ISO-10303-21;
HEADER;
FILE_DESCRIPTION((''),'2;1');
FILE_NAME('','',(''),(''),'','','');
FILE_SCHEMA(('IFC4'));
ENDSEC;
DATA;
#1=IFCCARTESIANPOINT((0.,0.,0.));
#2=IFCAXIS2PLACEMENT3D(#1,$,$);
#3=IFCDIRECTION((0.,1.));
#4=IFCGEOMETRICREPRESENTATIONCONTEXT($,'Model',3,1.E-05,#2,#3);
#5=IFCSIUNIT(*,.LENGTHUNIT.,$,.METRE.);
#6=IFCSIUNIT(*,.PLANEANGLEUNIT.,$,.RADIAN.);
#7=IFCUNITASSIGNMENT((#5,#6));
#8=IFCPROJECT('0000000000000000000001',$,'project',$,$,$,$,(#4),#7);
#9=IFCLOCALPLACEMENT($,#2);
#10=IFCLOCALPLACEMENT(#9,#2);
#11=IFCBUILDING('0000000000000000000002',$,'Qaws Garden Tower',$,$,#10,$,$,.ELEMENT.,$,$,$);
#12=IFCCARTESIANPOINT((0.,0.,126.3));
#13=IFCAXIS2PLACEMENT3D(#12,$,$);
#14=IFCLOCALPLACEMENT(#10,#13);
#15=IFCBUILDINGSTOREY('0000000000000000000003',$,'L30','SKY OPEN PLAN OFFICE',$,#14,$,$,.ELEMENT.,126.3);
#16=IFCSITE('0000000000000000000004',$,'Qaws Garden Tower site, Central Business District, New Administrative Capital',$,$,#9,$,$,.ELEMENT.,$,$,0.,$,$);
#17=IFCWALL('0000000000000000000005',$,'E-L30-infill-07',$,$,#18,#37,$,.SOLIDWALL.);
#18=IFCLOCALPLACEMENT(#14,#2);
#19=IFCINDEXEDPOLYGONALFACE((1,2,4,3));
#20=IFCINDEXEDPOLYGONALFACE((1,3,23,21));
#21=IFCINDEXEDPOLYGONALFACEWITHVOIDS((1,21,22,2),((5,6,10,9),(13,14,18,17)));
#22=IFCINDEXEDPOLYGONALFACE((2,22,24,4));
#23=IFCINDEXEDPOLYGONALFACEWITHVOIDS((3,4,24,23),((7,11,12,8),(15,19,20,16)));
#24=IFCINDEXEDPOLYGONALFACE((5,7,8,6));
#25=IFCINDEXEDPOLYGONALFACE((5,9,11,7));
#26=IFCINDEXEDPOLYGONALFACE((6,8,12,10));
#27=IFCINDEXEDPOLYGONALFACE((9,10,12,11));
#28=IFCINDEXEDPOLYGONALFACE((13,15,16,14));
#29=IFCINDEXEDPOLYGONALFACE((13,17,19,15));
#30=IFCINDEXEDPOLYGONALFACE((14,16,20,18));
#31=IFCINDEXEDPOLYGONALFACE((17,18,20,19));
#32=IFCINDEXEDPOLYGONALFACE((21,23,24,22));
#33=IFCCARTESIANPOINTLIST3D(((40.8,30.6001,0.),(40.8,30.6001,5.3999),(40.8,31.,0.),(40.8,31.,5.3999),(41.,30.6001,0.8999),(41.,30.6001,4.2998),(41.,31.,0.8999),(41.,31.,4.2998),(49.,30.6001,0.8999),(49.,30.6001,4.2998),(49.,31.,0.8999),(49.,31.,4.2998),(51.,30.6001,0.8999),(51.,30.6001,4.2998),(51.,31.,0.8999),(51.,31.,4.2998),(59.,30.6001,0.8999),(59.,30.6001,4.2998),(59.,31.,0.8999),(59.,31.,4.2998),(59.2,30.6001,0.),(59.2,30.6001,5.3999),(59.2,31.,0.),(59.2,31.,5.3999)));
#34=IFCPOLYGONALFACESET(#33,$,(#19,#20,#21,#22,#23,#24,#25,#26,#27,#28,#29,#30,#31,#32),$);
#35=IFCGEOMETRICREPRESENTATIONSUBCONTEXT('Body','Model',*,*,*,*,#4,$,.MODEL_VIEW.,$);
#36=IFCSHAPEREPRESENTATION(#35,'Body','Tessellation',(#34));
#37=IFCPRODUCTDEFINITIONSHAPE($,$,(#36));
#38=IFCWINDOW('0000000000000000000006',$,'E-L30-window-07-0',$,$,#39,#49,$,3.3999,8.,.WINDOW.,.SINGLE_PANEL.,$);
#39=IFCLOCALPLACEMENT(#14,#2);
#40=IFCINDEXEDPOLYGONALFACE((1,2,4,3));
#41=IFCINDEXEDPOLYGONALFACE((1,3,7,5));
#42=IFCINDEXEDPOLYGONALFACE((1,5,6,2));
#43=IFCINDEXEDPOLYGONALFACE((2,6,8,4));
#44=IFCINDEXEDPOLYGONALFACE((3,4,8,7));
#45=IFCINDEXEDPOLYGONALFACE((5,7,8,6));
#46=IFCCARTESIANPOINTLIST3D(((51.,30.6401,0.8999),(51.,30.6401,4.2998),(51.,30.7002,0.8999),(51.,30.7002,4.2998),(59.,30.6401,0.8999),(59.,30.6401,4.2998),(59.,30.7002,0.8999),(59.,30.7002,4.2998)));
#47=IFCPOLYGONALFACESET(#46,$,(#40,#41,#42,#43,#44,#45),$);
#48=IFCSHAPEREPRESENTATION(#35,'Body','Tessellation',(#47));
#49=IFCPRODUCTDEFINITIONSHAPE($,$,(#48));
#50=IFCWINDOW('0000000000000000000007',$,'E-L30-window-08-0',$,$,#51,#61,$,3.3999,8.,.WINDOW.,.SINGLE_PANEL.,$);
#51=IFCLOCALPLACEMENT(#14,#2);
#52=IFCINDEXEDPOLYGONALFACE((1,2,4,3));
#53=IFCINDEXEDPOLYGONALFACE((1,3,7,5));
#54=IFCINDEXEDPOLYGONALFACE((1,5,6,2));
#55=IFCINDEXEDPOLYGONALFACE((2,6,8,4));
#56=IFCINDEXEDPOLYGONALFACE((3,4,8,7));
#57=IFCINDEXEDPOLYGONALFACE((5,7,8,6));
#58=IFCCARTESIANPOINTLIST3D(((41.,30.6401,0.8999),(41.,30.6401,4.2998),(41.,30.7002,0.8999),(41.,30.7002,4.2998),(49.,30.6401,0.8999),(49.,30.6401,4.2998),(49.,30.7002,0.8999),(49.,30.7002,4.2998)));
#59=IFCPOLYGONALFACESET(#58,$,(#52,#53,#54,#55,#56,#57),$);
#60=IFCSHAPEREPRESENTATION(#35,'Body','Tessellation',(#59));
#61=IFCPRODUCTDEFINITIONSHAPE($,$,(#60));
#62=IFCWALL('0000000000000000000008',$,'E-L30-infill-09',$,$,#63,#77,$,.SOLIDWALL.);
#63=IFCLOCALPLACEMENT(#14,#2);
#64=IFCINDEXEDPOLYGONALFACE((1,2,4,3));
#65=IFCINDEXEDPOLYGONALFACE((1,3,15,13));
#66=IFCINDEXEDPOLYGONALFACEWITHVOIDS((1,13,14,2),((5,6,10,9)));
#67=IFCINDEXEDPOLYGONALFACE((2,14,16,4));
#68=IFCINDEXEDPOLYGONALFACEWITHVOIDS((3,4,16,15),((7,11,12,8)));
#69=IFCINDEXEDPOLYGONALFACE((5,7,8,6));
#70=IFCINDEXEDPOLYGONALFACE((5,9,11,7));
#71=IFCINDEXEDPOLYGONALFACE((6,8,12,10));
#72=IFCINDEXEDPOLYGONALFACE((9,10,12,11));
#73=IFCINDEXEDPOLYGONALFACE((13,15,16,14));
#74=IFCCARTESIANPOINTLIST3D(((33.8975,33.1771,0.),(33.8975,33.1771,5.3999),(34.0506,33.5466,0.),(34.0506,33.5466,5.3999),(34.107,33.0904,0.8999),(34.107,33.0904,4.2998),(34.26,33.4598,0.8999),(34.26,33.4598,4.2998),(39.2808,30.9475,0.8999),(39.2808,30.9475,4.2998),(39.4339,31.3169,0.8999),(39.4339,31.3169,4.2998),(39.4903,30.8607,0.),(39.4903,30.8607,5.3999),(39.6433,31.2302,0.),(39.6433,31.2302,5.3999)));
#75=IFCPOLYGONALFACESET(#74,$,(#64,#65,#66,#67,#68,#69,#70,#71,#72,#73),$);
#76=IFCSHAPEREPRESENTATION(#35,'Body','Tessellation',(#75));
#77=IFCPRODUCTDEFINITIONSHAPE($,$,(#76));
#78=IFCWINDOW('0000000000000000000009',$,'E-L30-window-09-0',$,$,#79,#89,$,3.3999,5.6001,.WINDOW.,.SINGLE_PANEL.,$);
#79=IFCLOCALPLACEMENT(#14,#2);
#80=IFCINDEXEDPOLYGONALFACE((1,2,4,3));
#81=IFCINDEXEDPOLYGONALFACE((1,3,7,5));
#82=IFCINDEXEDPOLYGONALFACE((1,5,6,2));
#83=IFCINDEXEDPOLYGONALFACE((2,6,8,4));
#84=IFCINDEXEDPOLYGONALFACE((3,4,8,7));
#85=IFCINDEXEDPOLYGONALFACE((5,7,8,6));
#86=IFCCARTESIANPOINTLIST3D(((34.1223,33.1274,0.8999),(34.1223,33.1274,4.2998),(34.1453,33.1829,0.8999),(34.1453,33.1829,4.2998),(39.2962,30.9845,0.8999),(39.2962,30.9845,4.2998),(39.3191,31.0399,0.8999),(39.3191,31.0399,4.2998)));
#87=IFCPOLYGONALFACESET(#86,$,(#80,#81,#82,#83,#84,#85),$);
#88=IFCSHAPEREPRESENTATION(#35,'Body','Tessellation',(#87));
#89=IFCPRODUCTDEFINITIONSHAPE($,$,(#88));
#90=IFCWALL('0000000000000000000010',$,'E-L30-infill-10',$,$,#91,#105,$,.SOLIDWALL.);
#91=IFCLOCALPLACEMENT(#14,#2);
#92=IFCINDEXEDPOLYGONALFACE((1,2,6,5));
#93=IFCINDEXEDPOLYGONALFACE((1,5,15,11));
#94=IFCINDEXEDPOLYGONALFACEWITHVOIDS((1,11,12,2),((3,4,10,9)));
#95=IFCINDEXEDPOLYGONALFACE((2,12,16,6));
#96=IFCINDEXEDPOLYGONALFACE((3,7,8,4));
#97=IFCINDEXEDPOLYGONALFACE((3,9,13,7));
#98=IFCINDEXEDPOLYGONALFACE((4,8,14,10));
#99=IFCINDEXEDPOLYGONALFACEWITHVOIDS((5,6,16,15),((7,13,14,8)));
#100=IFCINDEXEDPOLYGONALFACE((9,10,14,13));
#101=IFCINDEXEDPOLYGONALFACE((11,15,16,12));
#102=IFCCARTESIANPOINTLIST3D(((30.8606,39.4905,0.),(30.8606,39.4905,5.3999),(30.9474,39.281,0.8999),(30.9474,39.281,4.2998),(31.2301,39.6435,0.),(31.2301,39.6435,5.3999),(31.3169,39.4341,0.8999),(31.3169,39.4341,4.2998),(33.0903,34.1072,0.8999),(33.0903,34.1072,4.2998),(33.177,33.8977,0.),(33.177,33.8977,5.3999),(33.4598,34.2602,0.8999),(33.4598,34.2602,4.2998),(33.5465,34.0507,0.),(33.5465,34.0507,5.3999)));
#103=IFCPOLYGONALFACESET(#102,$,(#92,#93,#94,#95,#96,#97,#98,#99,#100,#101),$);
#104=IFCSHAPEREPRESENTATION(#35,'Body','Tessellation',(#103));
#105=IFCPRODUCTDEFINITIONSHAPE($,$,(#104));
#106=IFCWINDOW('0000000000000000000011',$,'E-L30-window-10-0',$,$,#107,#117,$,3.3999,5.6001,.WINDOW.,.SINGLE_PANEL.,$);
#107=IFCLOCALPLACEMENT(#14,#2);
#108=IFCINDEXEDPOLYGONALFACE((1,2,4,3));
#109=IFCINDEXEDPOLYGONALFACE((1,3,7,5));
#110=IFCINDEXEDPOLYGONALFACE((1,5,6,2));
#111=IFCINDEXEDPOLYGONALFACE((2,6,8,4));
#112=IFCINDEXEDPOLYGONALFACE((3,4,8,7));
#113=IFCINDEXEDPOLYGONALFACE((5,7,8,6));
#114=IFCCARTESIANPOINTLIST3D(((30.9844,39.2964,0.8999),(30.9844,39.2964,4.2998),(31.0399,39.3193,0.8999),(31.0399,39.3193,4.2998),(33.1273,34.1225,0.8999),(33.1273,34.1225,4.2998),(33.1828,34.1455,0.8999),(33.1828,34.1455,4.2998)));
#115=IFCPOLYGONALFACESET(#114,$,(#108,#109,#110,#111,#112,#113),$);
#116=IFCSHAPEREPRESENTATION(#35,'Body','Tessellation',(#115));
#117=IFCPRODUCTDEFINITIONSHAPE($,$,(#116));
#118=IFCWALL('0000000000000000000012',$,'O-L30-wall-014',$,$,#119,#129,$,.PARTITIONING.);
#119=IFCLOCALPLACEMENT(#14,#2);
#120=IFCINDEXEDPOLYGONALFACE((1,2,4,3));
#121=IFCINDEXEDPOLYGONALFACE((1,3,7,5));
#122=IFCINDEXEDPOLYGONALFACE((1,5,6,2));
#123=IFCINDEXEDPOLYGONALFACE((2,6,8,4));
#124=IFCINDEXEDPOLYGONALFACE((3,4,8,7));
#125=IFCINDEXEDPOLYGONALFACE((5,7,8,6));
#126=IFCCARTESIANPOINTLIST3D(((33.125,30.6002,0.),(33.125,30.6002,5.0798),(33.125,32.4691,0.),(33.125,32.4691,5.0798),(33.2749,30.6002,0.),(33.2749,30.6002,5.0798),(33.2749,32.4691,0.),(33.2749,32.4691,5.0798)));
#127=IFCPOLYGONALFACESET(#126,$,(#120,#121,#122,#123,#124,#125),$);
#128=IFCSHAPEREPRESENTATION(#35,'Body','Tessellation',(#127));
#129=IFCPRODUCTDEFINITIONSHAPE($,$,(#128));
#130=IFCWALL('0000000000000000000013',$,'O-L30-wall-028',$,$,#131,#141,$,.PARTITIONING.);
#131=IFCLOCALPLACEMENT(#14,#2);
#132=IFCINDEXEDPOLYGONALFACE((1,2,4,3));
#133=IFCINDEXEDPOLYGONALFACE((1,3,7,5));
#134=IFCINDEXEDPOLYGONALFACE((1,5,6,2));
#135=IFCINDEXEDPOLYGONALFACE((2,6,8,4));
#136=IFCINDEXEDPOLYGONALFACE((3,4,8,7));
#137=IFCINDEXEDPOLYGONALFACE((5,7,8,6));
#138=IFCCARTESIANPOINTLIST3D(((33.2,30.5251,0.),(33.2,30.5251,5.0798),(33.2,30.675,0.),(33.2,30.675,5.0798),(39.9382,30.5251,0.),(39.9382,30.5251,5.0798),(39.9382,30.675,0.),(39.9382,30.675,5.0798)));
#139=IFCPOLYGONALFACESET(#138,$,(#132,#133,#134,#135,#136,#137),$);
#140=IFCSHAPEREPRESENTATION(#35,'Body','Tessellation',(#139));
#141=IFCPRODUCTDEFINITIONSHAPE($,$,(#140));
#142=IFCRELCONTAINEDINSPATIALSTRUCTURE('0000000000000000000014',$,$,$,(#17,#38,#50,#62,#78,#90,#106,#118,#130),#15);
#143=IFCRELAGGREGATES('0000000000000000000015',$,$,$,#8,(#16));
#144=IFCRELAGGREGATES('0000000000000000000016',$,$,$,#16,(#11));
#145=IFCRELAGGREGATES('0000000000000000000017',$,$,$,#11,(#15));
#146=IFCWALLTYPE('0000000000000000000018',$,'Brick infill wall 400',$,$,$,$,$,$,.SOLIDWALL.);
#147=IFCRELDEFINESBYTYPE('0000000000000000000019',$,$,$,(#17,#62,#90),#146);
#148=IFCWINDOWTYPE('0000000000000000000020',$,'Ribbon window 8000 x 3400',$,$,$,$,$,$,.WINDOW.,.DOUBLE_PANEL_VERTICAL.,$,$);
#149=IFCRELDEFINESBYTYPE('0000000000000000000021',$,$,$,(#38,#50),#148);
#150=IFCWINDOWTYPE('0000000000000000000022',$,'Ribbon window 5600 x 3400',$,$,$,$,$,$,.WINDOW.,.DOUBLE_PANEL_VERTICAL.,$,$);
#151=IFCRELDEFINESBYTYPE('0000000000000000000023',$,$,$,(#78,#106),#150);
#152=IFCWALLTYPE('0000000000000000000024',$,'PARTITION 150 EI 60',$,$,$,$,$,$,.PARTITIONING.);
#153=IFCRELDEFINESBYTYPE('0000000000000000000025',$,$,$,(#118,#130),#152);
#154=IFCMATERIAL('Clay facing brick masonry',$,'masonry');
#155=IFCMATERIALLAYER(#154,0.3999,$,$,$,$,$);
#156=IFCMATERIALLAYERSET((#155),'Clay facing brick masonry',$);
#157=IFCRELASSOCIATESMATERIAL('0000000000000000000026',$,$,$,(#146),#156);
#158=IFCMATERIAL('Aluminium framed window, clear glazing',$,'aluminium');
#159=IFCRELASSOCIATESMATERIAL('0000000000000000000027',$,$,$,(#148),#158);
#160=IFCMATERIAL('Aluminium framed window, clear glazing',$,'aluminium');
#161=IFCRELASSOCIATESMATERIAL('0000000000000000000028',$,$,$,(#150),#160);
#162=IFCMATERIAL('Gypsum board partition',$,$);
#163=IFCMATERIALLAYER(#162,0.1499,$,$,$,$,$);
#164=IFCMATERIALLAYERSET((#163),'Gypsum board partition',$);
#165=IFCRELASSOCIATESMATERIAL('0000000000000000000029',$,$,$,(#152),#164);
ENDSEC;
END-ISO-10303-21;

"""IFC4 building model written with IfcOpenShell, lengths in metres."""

from ifc_helpers import new_model, si_unit, direction, frame, frame_2d, origin, place, context, subcontext, project, spatial, rectangle, extrude, material, layer, layer_set, type_object, element, fill, save


model = new_model("IFC4")

# Units and contexts
model_context = context("Model", 3, precision=1e-05, world=origin(), true_north=direction((0.0, 1.0)))
body_context = subcontext(model_context, "Body", "Model", "MODEL_VIEW")
ifc_project = project(units=[si_unit("LENGTHUNIT", "METRE"), si_unit("PLANEANGLEUNIT", "RADIAN")], contexts=[model_context])

# Site, building, storey
site_placement = place(None, origin())
site = spatial("IfcSite", under=ifc_project, at=site_placement, Name="Qaws Garden Tower site, Central Business District, New Administrative Capital", CompositionType="ELEMENT", RefElevation=0.0)
building_placement = place(site_placement, origin())
building = spatial("IfcBuilding", under=site, at=building_placement, Name="Qaws Garden Tower", CompositionType="ELEMENT")
storey_placement = place(building_placement, frame((0.0, 0.0, 126.3)))
storey = spatial("IfcBuildingStorey", under=building, at=storey_placement, Name="L30", Description="SKY OPEN PLAN OFFICE", CompositionType="ELEMENT", Elevation=126.3)

# Wall, openings, windows
ifc_material_1 = material(Name="Clay facing brick masonry", Category="masonry")
ifc_layer_1 = layer(ifc_material_1, 0.3999)
ifc_layer_set_1 = layer_set([ifc_layer_1], Name="Clay facing brick masonry")
wall_type_1 = type_object("IfcWallType", Name="Brick infill wall 400", PredefinedType="SOLIDWALL", material=ifc_layer_set_1)
wall_1_placement = place(storey_placement, frame((59.2, 30.8, 0.0), z_axis=(0.0, 0.0, 1.0), x_axis=(-1.0, 0.0, 0.0)))
wall_1 = element("IfcWall", 1, at=wall_1_placement, inside=storey, type_object=wall_type_1, Name="E-L30-infill-07", PredefinedType="SOLIDWALL", context=body_context, shape_type="SweptSolid", body=[
    extrude(rectangle(XDim=18.3999, YDim=0.3999, at=frame_2d((9.2, 0.0))), origin(), (0.0, 0.0, 1.0), 5.3999),
])
opening_1_placement = place(wall_1_placement, frame((0.2, 0.0, 0.8999)))
opening_1 = element("IfcOpeningElement", 2, at=opening_1_placement, cuts=wall_1, PredefinedType="OPENING", context=body_context, shape_type="SweptSolid", body=[
    extrude(rectangle(XDim=8.0, YDim=3.3999, at=frame_2d((4.0, 1.7))), frame((0.0, 0.21, 0.0), z_axis=(0.0, -1.0, 0.0), x_axis=(1.0, 0.0, 0.0)), (0.0, 0.0, 1.0), 0.4199),
])
opening_2_placement = place(wall_1_placement, frame((10.2, 0.0, 0.8999)))
opening_2 = element("IfcOpeningElement", 3, at=opening_2_placement, cuts=wall_1, PredefinedType="OPENING", context=body_context, shape_type="SweptSolid", body=[
    extrude(rectangle(XDim=8.0, YDim=3.3999, at=frame_2d((4.0, 1.7))), frame((0.0, 0.21, 0.0), z_axis=(0.0, -1.0, 0.0), x_axis=(1.0, 0.0, 0.0)), (0.0, 0.0, 1.0), 0.4199),
])
ifc_material_2 = material(Name="Aluminium framed window, clear glazing", Category="aluminium")
window_type_1 = type_object("IfcWindowType", Name="Ribbon window 8000 x 3400", PartitioningType="DOUBLE_PANEL_VERTICAL", PredefinedType="WINDOW", material=ifc_material_2)
window_1_placement = place(opening_1_placement, origin())
window_1 = element("IfcWindow", 4, at=window_1_placement, inside=storey, type_object=window_type_1, Name="E-L30-window-07-0", OverallHeight=3.3999, OverallWidth=8.0, PartitioningType="SINGLE_PANEL", PredefinedType="WINDOW", context=body_context, shape_type="SweptSolid", body=[
    extrude(rectangle(XDim=8.0, YDim=3.3999, at=frame_2d((4.0, 1.7))), frame((0.0, 0.1599, 0.0), z_axis=(0.0, -1.0, 0.0), x_axis=(1.0, 0.0, 0.0)), (0.0, 0.0, 1.0), 0.0601),
])
fill(opening_1, window_1)
window_2_placement = place(opening_2_placement, origin())
window_2 = element("IfcWindow", 5, at=window_2_placement, inside=storey, type_object=window_type_1, Name="E-L30-window-08-0", OverallHeight=3.3999, OverallWidth=8.0, PartitioningType="SINGLE_PANEL", PredefinedType="WINDOW", context=body_context, shape_type="SweptSolid", body=[
    extrude(rectangle(XDim=8.0, YDim=3.3999, at=frame_2d((4.0, 1.7))), frame((0.0, 0.1599, 0.0), z_axis=(0.0, -1.0, 0.0), x_axis=(1.0, 0.0, 0.0)), (0.0, 0.0, 1.0), 0.0601),
])
fill(opening_2, window_2)

# Walls, openings, windows
wall_2_placement = place(storey_placement, frame((39.5669, 31.0454, 0.0), z_axis=(0.0, 0.0, 1.0), x_axis=(-0.923891, 0.382656, 0.0)))
wall_2 = element("IfcWall", 6, at=wall_2_placement, inside=storey, type_object=wall_type_1, Name="E-L30-infill-09", PredefinedType="SOLIDWALL", context=body_context, shape_type="SweptSolid", body=[
    extrude(rectangle(XDim=6.0535, YDim=0.3999, at=frame_2d((3.0269, 0.0))), origin(), (0.0, 0.0, 1.0), 5.3999),
])
opening_3_placement = place(wall_2_placement, frame((0.2268, 0.0, 0.8999)))
opening_3 = element("IfcOpeningElement", 7, at=opening_3_placement, cuts=wall_2, PredefinedType="OPENING", context=body_context, shape_type="SweptSolid", body=[
    extrude(rectangle(XDim=5.6001, YDim=3.3999, at=frame_2d((2.8, 1.7))), frame((0.0, 0.21, 0.0), z_axis=(0.0, -1.0, 0.0), x_axis=(1.0, 0.0, 0.0)), (0.0, 0.0, 1.0), 0.4199),
])
ifc_material_3 = material(Name="Aluminium framed window, clear glazing", Category="aluminium")
window_type_2 = type_object("IfcWindowType", Name="Ribbon window 5600 x 3400", PartitioningType="DOUBLE_PANEL_VERTICAL", PredefinedType="WINDOW", material=ifc_material_3)
window_3_placement = place(opening_3_placement, origin())
window_3 = element("IfcWindow", 8, at=window_3_placement, inside=storey, type_object=window_type_2, Name="E-L30-window-09-0", OverallHeight=3.3999, OverallWidth=5.6001, PartitioningType="SINGLE_PANEL", PredefinedType="WINDOW", context=body_context, shape_type="SweptSolid", body=[
    extrude(rectangle(XDim=5.6001, YDim=3.3999, at=frame_2d((2.8, 1.7))), frame((0.0, 0.1599, 0.0), z_axis=(0.0, -1.0, 0.0), x_axis=(1.0, 0.0, 0.0)), (0.0, 0.0, 1.0), 0.0601),
])
fill(opening_3, window_3)
wall_3_placement = place(storey_placement, frame((33.3618, 33.9741, 0.0), z_axis=(0.0, 0.0, 1.0), x_axis=(-0.382656, 0.923891, 0.0)))
wall_3 = element("IfcWall", 9, at=wall_3_placement, inside=storey, type_object=wall_type_1, Name="E-L30-infill-10", PredefinedType="SOLIDWALL", context=body_context, shape_type="SweptSolid", body=[
    extrude(rectangle(XDim=6.0535, YDim=0.3999, at=frame_2d((3.0269, 0.0))), origin(), (0.0, 0.0, 1.0), 5.3999),
])
opening_4_placement = place(wall_3_placement, frame((0.2268, 0.0, 0.8999)))
opening_4 = element("IfcOpeningElement", 10, at=opening_4_placement, cuts=wall_3, PredefinedType="OPENING", context=body_context, shape_type="SweptSolid", body=[
    extrude(rectangle(XDim=5.6001, YDim=3.3999, at=frame_2d((2.8, 1.7))), frame((0.0, 0.21, 0.0), z_axis=(0.0, -1.0, 0.0), x_axis=(1.0, 0.0, 0.0)), (0.0, 0.0, 1.0), 0.4199),
])
window_4_placement = place(opening_4_placement, origin())
window_4 = element("IfcWindow", 11, at=window_4_placement, inside=storey, type_object=window_type_2, Name="E-L30-window-10-0", OverallHeight=3.3999, OverallWidth=5.6001, PartitioningType="SINGLE_PANEL", PredefinedType="WINDOW", context=body_context, shape_type="SweptSolid", body=[
    extrude(rectangle(XDim=5.6001, YDim=3.3999, at=frame_2d((2.8, 1.7))), frame((0.0, 0.1599, 0.0), z_axis=(0.0, -1.0, 0.0), x_axis=(1.0, 0.0, 0.0)), (0.0, 0.0, 1.0), 0.0601),
])
fill(opening_4, window_4)

# Walls
ifc_material_4 = material(Name="Gypsum board partition")
ifc_layer_2 = layer(ifc_material_4, 0.1499)
ifc_layer_set_2 = layer_set([ifc_layer_2], Name="Gypsum board partition")
wall_type_2 = type_object("IfcWallType", Name="PARTITION 150 EI 60", PredefinedType="PARTITIONING", material=ifc_layer_set_2)
wall_4_placement = place(storey_placement, frame((33.2, 30.6001, 0.0), z_axis=(0.0, 0.0, 1.0), x_axis=(0.0, 1.0, 0.0)))
element("IfcWall", 12, at=wall_4_placement, inside=storey, type_object=wall_type_2, Name="O-L30-wall-014", PredefinedType="PARTITIONING", context=body_context, shape_type="SweptSolid", body=[
    extrude(rectangle(XDim=1.8689, YDim=0.1499, at=frame_2d((0.9346, 0.0))), origin(), (0.0, 0.0, 1.0), 5.0798),
])
wall_5_placement = place(storey_placement, frame((33.2, 30.6001, 0.0), z_axis=(0.0, 0.0, 1.0), x_axis=(1.0, 0.0, 0.0)))
element("IfcWall", 13, at=wall_5_placement, inside=storey, type_object=wall_type_2, Name="O-L30-wall-028", PredefinedType="PARTITIONING", context=body_context, shape_type="SweptSolid", body=[
    extrude(rectangle(XDim=6.7383, YDim=0.1499, at=frame_2d((3.3691, 0.0))), origin(), (0.0, 0.0, 1.0), 5.0798),
])

save(model, "model.ifc")
